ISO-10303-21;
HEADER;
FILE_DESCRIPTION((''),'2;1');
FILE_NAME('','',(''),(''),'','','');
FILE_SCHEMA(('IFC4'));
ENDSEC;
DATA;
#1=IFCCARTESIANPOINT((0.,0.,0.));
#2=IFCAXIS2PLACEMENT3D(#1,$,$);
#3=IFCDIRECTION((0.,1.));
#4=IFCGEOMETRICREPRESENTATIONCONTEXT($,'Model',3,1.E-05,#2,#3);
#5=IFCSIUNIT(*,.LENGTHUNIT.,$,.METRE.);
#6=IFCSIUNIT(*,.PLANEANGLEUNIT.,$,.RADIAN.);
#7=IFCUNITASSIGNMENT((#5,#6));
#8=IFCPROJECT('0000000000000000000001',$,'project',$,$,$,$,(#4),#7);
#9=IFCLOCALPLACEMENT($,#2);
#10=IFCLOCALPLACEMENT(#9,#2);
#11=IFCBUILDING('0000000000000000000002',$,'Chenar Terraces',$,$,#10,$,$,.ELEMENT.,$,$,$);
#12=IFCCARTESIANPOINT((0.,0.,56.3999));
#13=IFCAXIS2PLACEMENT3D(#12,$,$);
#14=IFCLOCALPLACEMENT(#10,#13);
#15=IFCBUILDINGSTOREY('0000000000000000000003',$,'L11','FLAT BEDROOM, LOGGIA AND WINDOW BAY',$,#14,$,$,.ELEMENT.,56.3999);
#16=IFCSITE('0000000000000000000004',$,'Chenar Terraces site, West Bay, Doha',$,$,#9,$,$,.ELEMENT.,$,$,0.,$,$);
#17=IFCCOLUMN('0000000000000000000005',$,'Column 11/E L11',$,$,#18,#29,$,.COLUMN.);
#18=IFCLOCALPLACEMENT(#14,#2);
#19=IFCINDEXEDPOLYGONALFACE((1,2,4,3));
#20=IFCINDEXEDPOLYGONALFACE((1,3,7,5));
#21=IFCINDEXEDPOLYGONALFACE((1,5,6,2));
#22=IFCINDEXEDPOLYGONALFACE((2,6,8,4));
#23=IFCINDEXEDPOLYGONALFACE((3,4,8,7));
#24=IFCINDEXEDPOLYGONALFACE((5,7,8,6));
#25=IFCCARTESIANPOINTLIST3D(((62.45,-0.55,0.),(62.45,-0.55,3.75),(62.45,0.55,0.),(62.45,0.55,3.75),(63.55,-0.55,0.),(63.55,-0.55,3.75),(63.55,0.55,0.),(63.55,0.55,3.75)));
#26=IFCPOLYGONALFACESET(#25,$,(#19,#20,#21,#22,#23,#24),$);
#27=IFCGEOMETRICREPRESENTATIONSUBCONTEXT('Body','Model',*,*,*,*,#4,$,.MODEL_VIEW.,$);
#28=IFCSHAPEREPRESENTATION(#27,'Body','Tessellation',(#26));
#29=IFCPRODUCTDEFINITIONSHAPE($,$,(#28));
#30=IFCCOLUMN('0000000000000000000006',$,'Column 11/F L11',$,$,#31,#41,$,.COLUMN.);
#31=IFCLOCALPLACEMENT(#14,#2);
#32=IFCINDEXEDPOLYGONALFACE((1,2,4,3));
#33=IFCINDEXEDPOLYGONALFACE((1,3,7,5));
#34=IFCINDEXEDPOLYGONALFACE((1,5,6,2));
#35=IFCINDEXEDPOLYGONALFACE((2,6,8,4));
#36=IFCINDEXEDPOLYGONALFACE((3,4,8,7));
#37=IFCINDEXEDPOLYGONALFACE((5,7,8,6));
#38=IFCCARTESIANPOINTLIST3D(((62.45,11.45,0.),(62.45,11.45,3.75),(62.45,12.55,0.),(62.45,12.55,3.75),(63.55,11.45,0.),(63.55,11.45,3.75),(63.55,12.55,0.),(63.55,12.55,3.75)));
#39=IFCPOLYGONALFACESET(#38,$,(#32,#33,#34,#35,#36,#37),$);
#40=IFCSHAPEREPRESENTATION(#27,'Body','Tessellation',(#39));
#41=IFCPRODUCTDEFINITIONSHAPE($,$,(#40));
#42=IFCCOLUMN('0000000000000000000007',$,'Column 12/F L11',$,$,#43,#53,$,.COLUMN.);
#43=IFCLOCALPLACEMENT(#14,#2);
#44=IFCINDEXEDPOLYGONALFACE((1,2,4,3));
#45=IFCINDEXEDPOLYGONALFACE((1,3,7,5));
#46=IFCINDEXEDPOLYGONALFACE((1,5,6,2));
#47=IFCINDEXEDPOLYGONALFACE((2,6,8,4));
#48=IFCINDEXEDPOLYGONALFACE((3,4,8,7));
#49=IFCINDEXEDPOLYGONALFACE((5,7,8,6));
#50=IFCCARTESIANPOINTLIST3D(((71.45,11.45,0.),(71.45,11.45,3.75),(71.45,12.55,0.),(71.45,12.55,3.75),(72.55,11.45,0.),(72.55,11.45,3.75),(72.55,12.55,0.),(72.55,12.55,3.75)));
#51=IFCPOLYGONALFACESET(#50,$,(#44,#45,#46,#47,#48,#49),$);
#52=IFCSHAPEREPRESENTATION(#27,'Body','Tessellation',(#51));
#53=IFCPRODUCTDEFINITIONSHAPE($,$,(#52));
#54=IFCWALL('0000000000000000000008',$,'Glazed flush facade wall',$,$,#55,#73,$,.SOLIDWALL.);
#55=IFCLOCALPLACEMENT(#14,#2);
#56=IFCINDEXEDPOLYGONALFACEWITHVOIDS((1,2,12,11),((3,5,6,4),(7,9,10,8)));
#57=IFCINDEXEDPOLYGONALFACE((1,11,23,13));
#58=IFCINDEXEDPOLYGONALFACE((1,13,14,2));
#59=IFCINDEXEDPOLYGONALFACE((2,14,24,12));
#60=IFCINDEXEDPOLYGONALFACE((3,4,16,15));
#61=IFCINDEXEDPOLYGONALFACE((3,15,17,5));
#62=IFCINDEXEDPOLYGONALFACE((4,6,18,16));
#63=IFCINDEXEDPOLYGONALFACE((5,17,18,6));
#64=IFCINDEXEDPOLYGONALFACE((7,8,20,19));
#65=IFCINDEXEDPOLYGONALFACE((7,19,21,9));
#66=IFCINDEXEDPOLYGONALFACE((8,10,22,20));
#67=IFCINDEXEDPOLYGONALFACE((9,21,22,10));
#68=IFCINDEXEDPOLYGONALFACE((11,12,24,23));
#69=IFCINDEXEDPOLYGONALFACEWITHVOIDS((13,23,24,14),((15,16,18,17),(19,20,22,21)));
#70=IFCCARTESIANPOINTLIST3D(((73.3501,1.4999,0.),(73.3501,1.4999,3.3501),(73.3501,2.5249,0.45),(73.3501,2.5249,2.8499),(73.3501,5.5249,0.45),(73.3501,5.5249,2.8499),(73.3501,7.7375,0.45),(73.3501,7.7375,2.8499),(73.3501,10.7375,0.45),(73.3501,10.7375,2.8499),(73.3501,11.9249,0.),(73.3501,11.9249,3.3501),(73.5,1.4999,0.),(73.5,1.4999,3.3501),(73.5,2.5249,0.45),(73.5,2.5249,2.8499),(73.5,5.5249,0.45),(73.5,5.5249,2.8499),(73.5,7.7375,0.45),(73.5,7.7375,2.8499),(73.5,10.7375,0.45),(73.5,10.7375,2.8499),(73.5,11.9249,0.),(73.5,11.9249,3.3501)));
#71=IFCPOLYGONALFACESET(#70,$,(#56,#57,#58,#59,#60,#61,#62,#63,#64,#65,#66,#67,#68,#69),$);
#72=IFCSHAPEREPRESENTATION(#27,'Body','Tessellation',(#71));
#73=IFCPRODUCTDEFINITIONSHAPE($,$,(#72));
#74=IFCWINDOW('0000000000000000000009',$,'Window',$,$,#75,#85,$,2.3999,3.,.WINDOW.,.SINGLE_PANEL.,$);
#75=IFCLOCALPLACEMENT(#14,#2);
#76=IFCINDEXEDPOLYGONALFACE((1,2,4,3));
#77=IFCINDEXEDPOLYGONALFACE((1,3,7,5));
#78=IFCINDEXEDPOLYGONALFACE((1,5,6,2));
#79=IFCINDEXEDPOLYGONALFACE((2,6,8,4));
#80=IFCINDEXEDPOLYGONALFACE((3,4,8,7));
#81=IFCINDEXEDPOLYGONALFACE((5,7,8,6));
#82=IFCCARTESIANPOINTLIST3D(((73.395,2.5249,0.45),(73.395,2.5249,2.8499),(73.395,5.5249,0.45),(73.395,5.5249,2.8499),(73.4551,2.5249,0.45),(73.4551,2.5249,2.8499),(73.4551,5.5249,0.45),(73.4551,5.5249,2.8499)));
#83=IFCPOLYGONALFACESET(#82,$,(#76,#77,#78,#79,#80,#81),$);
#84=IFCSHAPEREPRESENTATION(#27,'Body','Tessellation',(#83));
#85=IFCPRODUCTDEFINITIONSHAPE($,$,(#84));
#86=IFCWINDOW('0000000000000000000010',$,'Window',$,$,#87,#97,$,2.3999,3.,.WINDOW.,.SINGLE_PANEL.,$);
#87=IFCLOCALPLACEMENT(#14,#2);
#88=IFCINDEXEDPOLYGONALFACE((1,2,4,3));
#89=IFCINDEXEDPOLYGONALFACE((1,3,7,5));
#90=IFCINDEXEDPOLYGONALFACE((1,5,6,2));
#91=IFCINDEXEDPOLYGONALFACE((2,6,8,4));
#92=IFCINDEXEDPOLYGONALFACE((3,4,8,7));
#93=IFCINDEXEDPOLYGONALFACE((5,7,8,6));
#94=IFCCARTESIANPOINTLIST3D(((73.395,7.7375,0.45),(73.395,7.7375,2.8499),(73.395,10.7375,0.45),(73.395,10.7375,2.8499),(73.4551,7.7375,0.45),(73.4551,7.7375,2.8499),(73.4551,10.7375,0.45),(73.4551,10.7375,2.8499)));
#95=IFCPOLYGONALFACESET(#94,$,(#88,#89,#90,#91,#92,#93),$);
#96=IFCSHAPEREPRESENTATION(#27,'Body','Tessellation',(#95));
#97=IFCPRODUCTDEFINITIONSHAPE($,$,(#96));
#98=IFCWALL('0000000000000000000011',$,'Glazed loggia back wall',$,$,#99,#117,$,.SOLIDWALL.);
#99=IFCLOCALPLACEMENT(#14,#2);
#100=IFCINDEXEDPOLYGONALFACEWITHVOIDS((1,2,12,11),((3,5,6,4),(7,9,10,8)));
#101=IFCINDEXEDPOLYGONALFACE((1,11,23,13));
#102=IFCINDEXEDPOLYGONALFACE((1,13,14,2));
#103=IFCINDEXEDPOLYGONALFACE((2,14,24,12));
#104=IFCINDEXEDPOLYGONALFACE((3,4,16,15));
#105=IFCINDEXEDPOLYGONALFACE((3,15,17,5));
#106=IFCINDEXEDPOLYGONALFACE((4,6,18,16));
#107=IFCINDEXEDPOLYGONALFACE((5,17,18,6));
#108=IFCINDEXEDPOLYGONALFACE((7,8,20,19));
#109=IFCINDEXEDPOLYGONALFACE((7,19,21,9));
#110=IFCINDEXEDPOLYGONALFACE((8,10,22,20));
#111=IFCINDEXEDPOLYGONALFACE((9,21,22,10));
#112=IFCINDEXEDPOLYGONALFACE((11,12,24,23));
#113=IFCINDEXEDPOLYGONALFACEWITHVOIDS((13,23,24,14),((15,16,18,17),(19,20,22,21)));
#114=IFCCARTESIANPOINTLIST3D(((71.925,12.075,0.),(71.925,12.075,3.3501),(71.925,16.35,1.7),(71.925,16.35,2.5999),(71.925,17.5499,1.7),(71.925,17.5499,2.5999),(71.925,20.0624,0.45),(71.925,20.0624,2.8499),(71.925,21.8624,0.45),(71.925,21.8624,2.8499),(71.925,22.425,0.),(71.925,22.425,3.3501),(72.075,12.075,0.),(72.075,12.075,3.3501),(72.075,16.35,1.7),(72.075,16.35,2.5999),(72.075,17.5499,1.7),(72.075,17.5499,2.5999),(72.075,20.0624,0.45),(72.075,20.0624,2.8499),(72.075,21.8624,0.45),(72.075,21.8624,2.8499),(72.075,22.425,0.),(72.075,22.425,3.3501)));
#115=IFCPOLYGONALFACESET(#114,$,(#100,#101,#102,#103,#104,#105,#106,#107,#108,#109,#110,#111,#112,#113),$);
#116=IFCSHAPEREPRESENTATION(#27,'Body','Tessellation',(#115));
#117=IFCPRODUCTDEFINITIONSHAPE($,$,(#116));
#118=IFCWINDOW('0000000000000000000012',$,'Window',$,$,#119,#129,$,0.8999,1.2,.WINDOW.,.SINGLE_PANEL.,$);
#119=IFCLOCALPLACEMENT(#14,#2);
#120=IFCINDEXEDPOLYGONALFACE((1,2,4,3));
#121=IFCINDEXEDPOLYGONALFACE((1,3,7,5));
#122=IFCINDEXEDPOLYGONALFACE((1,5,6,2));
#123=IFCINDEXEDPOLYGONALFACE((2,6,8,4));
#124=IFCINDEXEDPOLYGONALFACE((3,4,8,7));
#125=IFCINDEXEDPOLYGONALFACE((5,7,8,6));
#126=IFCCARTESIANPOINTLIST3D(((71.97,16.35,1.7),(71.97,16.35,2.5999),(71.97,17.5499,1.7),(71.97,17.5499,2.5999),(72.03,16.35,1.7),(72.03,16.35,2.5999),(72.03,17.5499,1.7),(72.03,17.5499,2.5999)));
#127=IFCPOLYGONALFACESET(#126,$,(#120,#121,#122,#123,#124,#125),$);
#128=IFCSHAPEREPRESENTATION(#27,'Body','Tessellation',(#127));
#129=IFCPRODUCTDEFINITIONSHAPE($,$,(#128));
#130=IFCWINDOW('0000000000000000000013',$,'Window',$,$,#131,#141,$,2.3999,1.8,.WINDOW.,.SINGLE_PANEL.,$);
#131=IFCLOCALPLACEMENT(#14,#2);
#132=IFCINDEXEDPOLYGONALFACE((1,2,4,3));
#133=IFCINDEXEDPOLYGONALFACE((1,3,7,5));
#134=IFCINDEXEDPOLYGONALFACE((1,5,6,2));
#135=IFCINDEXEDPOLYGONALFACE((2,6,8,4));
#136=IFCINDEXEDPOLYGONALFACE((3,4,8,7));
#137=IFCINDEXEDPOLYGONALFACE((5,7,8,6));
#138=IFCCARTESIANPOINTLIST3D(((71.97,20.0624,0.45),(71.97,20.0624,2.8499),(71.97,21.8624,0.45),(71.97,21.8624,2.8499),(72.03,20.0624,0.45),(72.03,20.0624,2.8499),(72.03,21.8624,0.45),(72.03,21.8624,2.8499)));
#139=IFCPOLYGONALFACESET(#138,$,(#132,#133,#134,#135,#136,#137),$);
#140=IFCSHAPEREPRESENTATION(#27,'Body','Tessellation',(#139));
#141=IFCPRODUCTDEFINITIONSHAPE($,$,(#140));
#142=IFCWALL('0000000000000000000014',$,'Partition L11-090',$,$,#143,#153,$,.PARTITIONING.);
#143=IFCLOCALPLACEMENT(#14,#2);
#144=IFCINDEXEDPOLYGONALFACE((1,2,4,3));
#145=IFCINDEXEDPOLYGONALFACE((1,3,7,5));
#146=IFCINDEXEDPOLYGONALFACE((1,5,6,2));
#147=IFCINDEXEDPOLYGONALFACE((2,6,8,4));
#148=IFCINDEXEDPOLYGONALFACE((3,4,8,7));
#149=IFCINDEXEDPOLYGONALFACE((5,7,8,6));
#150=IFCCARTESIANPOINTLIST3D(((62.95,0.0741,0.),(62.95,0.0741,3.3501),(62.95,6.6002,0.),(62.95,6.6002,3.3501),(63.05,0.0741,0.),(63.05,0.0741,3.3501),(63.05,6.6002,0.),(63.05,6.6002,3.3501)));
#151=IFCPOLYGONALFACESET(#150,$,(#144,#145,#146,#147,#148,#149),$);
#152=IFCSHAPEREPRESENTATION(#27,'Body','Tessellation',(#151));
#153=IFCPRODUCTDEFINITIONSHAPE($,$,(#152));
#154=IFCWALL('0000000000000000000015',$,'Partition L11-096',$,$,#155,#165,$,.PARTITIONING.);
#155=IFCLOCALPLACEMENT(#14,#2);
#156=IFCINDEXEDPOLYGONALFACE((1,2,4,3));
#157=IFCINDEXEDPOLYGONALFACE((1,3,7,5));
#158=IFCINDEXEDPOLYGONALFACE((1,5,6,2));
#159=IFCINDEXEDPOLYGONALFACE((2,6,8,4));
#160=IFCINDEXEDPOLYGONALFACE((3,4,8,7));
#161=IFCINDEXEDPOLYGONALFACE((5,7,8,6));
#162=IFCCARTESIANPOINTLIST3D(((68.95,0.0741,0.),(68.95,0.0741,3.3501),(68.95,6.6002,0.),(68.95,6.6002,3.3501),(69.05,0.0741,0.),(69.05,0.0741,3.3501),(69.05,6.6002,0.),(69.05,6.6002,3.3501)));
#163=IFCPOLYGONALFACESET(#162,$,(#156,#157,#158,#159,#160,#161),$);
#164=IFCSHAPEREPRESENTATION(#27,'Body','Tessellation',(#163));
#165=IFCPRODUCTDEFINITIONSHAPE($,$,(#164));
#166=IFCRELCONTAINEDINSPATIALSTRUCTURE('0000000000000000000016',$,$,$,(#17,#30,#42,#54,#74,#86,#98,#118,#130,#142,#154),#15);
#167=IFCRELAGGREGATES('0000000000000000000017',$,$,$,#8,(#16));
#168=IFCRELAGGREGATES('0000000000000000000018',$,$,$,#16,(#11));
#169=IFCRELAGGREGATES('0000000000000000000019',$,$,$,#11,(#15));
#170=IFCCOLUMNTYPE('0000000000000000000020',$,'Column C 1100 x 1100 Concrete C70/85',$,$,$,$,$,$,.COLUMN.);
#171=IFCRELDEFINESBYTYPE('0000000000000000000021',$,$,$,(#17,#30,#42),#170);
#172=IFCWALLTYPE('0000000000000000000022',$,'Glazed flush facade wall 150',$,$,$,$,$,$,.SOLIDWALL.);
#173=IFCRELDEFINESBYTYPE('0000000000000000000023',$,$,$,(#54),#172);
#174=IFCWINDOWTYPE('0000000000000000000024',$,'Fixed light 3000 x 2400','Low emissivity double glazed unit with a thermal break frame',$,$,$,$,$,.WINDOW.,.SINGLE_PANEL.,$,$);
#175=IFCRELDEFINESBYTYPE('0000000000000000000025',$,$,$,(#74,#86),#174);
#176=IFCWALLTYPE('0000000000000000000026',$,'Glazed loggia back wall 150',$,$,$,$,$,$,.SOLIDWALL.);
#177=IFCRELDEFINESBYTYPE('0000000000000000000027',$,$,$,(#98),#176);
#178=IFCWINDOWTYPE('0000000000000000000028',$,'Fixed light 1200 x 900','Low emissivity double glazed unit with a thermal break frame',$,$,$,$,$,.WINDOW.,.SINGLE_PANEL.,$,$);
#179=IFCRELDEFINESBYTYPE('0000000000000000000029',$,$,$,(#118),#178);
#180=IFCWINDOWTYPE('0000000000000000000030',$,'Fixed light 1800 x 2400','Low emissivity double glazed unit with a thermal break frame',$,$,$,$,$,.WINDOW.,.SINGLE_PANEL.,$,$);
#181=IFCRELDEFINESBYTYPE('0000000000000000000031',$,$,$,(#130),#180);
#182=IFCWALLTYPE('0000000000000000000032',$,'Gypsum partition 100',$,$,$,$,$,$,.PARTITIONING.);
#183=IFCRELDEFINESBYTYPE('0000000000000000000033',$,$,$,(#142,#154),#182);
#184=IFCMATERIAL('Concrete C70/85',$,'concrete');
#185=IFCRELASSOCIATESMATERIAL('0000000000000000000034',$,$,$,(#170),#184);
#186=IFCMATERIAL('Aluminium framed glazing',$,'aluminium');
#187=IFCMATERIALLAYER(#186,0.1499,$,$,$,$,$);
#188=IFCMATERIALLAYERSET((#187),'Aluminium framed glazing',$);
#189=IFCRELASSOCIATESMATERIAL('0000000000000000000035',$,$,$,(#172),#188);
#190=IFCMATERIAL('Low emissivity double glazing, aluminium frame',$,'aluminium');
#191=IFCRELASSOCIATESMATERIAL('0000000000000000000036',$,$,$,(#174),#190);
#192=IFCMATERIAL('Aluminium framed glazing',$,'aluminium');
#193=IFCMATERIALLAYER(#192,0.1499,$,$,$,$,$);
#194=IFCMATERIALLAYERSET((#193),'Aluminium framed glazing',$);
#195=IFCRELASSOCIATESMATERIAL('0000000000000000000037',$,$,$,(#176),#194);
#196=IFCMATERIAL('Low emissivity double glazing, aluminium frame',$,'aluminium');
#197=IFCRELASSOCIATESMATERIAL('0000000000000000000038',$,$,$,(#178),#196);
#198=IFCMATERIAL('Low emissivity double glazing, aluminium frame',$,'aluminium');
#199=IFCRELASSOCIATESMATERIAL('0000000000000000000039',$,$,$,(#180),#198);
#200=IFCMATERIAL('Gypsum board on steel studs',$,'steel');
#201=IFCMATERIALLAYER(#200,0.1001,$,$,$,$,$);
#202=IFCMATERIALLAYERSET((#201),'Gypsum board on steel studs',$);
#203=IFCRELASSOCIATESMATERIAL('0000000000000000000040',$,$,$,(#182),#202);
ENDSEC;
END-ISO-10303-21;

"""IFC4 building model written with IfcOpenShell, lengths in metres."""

from ifc_helpers import new_model, si_unit, direction, frame, frame_2d, origin, origin_2d, place, context, subcontext, project, spatial, rectangle, extrude, material, layer, layer_set, material_profile, profile_set, type_object, element, fill, save


model = new_model("IFC4")

# Units and contexts
model_context = context("Model", 3, precision=1e-05, world=origin(), true_north=direction((0.0, 1.0)))
body_context = subcontext(model_context, "Body", "Model", "MODEL_VIEW")
ifc_project = project(units=[si_unit("LENGTHUNIT", "METRE"), si_unit("PLANEANGLEUNIT", "RADIAN")], contexts=[model_context])

# Site, building, storey
site_placement = place(None, origin())
site = spatial("IfcSite", under=ifc_project, at=site_placement, Name="Chenar Terraces site, West Bay, Doha", CompositionType="ELEMENT", RefElevation=0.0)
building_placement = place(site_placement, origin())
building = spatial("IfcBuilding", under=site, at=building_placement, Name="Chenar Terraces", CompositionType="ELEMENT")
storey_placement = place(building_placement, frame((0.0, 0.0, 56.3999)))
storey = spatial("IfcBuildingStorey", under=building, at=storey_placement, Name="L11", Description="FLAT BEDROOM, LOGGIA AND WINDOW BAY", CompositionType="ELEMENT", Elevation=56.3999)

# Columns
ifc_material_1 = material(Name="Concrete C70/85", Category="concrete")
ifc_material_profile_1 = material_profile(ifc_material_1, rectangle(XDim=1.1001, YDim=1.1001, at=origin_2d()), Name="C 1100 x 1100")
ifc_profile_set_1 = profile_set([ifc_material_profile_1], Name="Concrete C70/85")
column_type = type_object("IfcColumnType", Name="Column C 1100 x 1100 Concrete C70/85", PredefinedType="COLUMN", material=ifc_profile_set_1)
for number, where, z_axis, x_axis, name in (
    (1, (63.0, 0.0, 0.0), (0.0, 0.0, 1.0), (1.0, 0.0, 0.0), "Column 11/E L11"),
    (2, (63.0, 12.0, 0.0), (0.0, 0.0, 1.0), (1.0, 0.0, 0.0), "Column 11/F L11"),
    (3, (72.0, 12.0, 0.0), (0.0, 0.0, 1.0), (1.0, 0.0, 0.0), "Column 12/F L11"),
):
    element("IfcColumn", number, at=place(storey_placement, frame(where, z_axis=z_axis, x_axis=x_axis)), inside=storey, type_object=column_type, Name=name, PredefinedType="COLUMN", context=body_context, shape_type="SweptSolid", body=[
        extrude(rectangle(XDim=1.1001, YDim=1.1001, at=origin_2d()), origin(), (0.0, 0.0, 1.0), 3.75),
    ])

# Walls, openings, windows
ifc_material_2 = material(Name="Aluminium framed glazing", Category="aluminium")
ifc_layer_1 = layer(ifc_material_2, 0.1499)
ifc_layer_set_1 = layer_set([ifc_layer_1], Name="Aluminium framed glazing")
wall_type_1 = type_object("IfcWallType", Name="Glazed flush facade wall 150", PredefinedType="SOLIDWALL", material=ifc_layer_set_1)
wall_1_placement = place(storey_placement, frame((73.425, 1.5, 0.0), z_axis=(0.0, 0.0, 1.0), x_axis=(0.0, 1.0, 0.0)))
wall_1 = element("IfcWall", 4, at=wall_1_placement, inside=storey, type_object=wall_type_1, Name="Glazed flush facade wall", PredefinedType="SOLIDWALL", context=body_context, shape_type="SweptSolid", body=[
    extrude(rectangle(XDim=10.425, YDim=0.1499, at=frame_2d((5.2124, 0.0))), origin(), (0.0, 0.0, 1.0), 3.3501),
])
opening_1_placement = place(wall_1_placement, frame((1.0249, 0.0, 0.45)))
opening_1 = element("IfcOpeningElement", 5, at=opening_1_placement, cuts=wall_1, PredefinedType="OPENING", context=body_context, shape_type="SweptSolid", body=[
    extrude(rectangle(XDim=3.0, YDim=2.3999, at=frame_2d((1.5, 1.2))), frame((0.0, 0.085, 0.0), z_axis=(0.0, -1.0, 0.0), x_axis=(1.0, 0.0, 0.0)), (0.0, 0.0, 1.0), 0.1699),
])
opening_2_placement = place(wall_1_placement, frame((6.2375, 0.0, 0.45)))
opening_2 = element("IfcOpeningElement", 6, at=opening_2_placement, cuts=wall_1, PredefinedType="OPENING", context=body_context, shape_type="SweptSolid", body=[
    extrude(rectangle(XDim=3.0, YDim=2.3999, at=frame_2d((1.5, 1.2))), frame((0.0, 0.085, 0.0), z_axis=(0.0, -1.0, 0.0), x_axis=(1.0, 0.0, 0.0)), (0.0, 0.0, 1.0), 0.1699),
])
ifc_material_3 = material(Name="Low emissivity double glazing, aluminium frame", Category="aluminium")
window_type_1 = type_object("IfcWindowType", Name="Fixed light 3000 x 2400", Description="Low emissivity double glazed unit with a thermal break frame", PartitioningType="SINGLE_PANEL", PredefinedType="WINDOW", material=ifc_material_3)
window_1_placement = place(opening_1_placement, origin())
window_1 = element("IfcWindow", 7, at=window_1_placement, inside=storey, type_object=window_type_1, Name="Window", OverallHeight=2.3999, OverallWidth=3.0, PartitioningType="SINGLE_PANEL", PredefinedType="WINDOW", context=body_context, shape_type="SweptSolid", body=[
    extrude(rectangle(XDim=3.0, YDim=2.3999, at=frame_2d((1.5, 1.2))), frame((0.0, 0.03, 0.0), z_axis=(0.0, -1.0, 0.0), x_axis=(1.0, 0.0, 0.0)), (0.0, 0.0, 1.0), 0.0601),
])
fill(opening_1, window_1)
window_2_placement = place(opening_2_placement, origin())
window_2 = element("IfcWindow", 8, at=window_2_placement, inside=storey, type_object=window_type_1, Name="Window", OverallHeight=2.3999, OverallWidth=3.0, PartitioningType="SINGLE_PANEL", PredefinedType="WINDOW", context=body_context, shape_type="SweptSolid", body=[
    extrude(rectangle(XDim=3.0, YDim=2.3999, at=frame_2d((1.5, 1.2))), frame((0.0, 0.03, 0.0), z_axis=(0.0, -1.0, 0.0), x_axis=(1.0, 0.0, 0.0)), (0.0, 0.0, 1.0), 0.0601),
])
fill(opening_2, window_2)
ifc_material_4 = material(Name="Aluminium framed glazing", Category="aluminium")
ifc_layer_2 = layer(ifc_material_4, 0.1499)
ifc_layer_set_2 = layer_set([ifc_layer_2], Name="Aluminium framed glazing")
wall_type_2 = type_object("IfcWallType", Name="Glazed loggia back wall 150", PredefinedType="SOLIDWALL", material=ifc_layer_set_2)
wall_2_placement = place(storey_placement, frame((72.0, 12.075, 0.0), z_axis=(0.0, 0.0, 1.0), x_axis=(0.0, 1.0, 0.0)))
wall_2 = element("IfcWall", 9, at=wall_2_placement, inside=storey, type_object=wall_type_2, Name="Glazed loggia back wall", PredefinedType="SOLIDWALL", context=body_context, shape_type="SweptSolid", body=[
    extrude(rectangle(XDim=10.3501, YDim=0.1499, at=frame_2d((5.175, 0.0))), origin(), (0.0, 0.0, 1.0), 3.3501),
])
opening_3_placement = place(wall_2_placement, frame((4.2749, 0.0, 1.7)))
opening_3 = element("IfcOpeningElement", 10, at=opening_3_placement, cuts=wall_2, PredefinedType="OPENING", context=body_context, shape_type="SweptSolid", body=[
    extrude(rectangle(XDim=1.2, YDim=0.8999, at=frame_2d((0.6001, 0.45))), frame((0.0, 0.085, 0.0), z_axis=(0.0, -1.0, 0.0), x_axis=(1.0, 0.0, 0.0)), (0.0, 0.0, 1.0), 0.1699),
])
opening_4_placement = place(wall_2_placement, frame((7.9875, 0.0, 0.45)))
opening_4 = element("IfcOpeningElement", 11, at=opening_4_placement, cuts=wall_2, PredefinedType="OPENING", context=body_context, shape_type="SweptSolid", body=[
    extrude(rectangle(XDim=1.8, YDim=2.3999, at=frame_2d((0.8999, 1.2))), frame((0.0, 0.085, 0.0), z_axis=(0.0, -1.0, 0.0), x_axis=(1.0, 0.0, 0.0)), (0.0, 0.0, 1.0), 0.1699),
])
ifc_material_5 = material(Name="Low emissivity double glazing, aluminium frame", Category="aluminium")
window_type_2 = type_object("IfcWindowType", Name="Fixed light 1200 x 900", Description="Low emissivity double glazed unit with a thermal break frame", PartitioningType="SINGLE_PANEL", PredefinedType="WINDOW", material=ifc_material_5)
window_3_placement = place(opening_3_placement, origin())
window_3 = element("IfcWindow", 12, at=window_3_placement, inside=storey, type_object=window_type_2, Name="Window", OverallHeight=0.8999, OverallWidth=1.2, PartitioningType="SINGLE_PANEL", PredefinedType="WINDOW", context=body_context, shape_type="SweptSolid", body=[
    extrude(rectangle(XDim=1.2, YDim=0.8999, at=frame_2d((0.6001, 0.45))), frame((0.0, 0.03, 0.0), z_axis=(0.0, -1.0, 0.0), x_axis=(1.0, 0.0, 0.0)), (0.0, 0.0, 1.0), 0.0601),
])
fill(opening_3, window_3)
ifc_material_6 = material(Name="Low emissivity double glazing, aluminium frame", Category="aluminium")
window_type_3 = type_object("IfcWindowType", Name="Fixed light 1800 x 2400", Description="Low emissivity double glazed unit with a thermal break frame", PartitioningType="SINGLE_PANEL", PredefinedType="WINDOW", material=ifc_material_6)
window_4_placement = place(opening_4_placement, origin())
window_4 = element("IfcWindow", 13, at=window_4_placement, inside=storey, type_object=window_type_3, Name="Window", OverallHeight=2.3999, OverallWidth=1.8, PartitioningType="SINGLE_PANEL", PredefinedType="WINDOW", context=body_context, shape_type="SweptSolid", body=[
    extrude(rectangle(XDim=1.8, YDim=2.3999, at=frame_2d((0.8999, 1.2))), frame((0.0, 0.03, 0.0), z_axis=(0.0, -1.0, 0.0), x_axis=(1.0, 0.0, 0.0)), (0.0, 0.0, 1.0), 0.0601),
])
fill(opening_4, window_4)

# Walls
ifc_material_7 = material(Name="Gypsum board on steel studs", Category="steel")
ifc_layer_3 = layer(ifc_material_7, 0.1001)
ifc_layer_set_3 = layer_set([ifc_layer_3], Name="Gypsum board on steel studs")
wall_type_3 = type_object("IfcWallType", Name="Gypsum partition 100", PredefinedType="PARTITIONING", material=ifc_layer_set_3)
for number, where, z_axis, x_axis, name in (
    (14, (63.0, 0.074, 0.0), (0.0, 0.0, 1.0), (0.0, 1.0, 0.0), "Partition L11-090"),
    (15, (69.0, 0.074, 0.0), (0.0, 0.0, 1.0), (0.0, 1.0, 0.0), "Partition L11-096"),
):
    element("IfcWall", number, at=place(storey_placement, frame(where, z_axis=z_axis, x_axis=x_axis)), inside=storey, type_object=wall_type_3, Name=name, PredefinedType="PARTITIONING", context=body_context, shape_type="SweptSolid", body=[
        extrude(rectangle(XDim=6.5261, YDim=0.1001, at=frame_2d((3.2632, 0.0))), origin(), (0.0, 0.0, 1.0), 3.3501),
    ])

save(model, "model.ifc")
